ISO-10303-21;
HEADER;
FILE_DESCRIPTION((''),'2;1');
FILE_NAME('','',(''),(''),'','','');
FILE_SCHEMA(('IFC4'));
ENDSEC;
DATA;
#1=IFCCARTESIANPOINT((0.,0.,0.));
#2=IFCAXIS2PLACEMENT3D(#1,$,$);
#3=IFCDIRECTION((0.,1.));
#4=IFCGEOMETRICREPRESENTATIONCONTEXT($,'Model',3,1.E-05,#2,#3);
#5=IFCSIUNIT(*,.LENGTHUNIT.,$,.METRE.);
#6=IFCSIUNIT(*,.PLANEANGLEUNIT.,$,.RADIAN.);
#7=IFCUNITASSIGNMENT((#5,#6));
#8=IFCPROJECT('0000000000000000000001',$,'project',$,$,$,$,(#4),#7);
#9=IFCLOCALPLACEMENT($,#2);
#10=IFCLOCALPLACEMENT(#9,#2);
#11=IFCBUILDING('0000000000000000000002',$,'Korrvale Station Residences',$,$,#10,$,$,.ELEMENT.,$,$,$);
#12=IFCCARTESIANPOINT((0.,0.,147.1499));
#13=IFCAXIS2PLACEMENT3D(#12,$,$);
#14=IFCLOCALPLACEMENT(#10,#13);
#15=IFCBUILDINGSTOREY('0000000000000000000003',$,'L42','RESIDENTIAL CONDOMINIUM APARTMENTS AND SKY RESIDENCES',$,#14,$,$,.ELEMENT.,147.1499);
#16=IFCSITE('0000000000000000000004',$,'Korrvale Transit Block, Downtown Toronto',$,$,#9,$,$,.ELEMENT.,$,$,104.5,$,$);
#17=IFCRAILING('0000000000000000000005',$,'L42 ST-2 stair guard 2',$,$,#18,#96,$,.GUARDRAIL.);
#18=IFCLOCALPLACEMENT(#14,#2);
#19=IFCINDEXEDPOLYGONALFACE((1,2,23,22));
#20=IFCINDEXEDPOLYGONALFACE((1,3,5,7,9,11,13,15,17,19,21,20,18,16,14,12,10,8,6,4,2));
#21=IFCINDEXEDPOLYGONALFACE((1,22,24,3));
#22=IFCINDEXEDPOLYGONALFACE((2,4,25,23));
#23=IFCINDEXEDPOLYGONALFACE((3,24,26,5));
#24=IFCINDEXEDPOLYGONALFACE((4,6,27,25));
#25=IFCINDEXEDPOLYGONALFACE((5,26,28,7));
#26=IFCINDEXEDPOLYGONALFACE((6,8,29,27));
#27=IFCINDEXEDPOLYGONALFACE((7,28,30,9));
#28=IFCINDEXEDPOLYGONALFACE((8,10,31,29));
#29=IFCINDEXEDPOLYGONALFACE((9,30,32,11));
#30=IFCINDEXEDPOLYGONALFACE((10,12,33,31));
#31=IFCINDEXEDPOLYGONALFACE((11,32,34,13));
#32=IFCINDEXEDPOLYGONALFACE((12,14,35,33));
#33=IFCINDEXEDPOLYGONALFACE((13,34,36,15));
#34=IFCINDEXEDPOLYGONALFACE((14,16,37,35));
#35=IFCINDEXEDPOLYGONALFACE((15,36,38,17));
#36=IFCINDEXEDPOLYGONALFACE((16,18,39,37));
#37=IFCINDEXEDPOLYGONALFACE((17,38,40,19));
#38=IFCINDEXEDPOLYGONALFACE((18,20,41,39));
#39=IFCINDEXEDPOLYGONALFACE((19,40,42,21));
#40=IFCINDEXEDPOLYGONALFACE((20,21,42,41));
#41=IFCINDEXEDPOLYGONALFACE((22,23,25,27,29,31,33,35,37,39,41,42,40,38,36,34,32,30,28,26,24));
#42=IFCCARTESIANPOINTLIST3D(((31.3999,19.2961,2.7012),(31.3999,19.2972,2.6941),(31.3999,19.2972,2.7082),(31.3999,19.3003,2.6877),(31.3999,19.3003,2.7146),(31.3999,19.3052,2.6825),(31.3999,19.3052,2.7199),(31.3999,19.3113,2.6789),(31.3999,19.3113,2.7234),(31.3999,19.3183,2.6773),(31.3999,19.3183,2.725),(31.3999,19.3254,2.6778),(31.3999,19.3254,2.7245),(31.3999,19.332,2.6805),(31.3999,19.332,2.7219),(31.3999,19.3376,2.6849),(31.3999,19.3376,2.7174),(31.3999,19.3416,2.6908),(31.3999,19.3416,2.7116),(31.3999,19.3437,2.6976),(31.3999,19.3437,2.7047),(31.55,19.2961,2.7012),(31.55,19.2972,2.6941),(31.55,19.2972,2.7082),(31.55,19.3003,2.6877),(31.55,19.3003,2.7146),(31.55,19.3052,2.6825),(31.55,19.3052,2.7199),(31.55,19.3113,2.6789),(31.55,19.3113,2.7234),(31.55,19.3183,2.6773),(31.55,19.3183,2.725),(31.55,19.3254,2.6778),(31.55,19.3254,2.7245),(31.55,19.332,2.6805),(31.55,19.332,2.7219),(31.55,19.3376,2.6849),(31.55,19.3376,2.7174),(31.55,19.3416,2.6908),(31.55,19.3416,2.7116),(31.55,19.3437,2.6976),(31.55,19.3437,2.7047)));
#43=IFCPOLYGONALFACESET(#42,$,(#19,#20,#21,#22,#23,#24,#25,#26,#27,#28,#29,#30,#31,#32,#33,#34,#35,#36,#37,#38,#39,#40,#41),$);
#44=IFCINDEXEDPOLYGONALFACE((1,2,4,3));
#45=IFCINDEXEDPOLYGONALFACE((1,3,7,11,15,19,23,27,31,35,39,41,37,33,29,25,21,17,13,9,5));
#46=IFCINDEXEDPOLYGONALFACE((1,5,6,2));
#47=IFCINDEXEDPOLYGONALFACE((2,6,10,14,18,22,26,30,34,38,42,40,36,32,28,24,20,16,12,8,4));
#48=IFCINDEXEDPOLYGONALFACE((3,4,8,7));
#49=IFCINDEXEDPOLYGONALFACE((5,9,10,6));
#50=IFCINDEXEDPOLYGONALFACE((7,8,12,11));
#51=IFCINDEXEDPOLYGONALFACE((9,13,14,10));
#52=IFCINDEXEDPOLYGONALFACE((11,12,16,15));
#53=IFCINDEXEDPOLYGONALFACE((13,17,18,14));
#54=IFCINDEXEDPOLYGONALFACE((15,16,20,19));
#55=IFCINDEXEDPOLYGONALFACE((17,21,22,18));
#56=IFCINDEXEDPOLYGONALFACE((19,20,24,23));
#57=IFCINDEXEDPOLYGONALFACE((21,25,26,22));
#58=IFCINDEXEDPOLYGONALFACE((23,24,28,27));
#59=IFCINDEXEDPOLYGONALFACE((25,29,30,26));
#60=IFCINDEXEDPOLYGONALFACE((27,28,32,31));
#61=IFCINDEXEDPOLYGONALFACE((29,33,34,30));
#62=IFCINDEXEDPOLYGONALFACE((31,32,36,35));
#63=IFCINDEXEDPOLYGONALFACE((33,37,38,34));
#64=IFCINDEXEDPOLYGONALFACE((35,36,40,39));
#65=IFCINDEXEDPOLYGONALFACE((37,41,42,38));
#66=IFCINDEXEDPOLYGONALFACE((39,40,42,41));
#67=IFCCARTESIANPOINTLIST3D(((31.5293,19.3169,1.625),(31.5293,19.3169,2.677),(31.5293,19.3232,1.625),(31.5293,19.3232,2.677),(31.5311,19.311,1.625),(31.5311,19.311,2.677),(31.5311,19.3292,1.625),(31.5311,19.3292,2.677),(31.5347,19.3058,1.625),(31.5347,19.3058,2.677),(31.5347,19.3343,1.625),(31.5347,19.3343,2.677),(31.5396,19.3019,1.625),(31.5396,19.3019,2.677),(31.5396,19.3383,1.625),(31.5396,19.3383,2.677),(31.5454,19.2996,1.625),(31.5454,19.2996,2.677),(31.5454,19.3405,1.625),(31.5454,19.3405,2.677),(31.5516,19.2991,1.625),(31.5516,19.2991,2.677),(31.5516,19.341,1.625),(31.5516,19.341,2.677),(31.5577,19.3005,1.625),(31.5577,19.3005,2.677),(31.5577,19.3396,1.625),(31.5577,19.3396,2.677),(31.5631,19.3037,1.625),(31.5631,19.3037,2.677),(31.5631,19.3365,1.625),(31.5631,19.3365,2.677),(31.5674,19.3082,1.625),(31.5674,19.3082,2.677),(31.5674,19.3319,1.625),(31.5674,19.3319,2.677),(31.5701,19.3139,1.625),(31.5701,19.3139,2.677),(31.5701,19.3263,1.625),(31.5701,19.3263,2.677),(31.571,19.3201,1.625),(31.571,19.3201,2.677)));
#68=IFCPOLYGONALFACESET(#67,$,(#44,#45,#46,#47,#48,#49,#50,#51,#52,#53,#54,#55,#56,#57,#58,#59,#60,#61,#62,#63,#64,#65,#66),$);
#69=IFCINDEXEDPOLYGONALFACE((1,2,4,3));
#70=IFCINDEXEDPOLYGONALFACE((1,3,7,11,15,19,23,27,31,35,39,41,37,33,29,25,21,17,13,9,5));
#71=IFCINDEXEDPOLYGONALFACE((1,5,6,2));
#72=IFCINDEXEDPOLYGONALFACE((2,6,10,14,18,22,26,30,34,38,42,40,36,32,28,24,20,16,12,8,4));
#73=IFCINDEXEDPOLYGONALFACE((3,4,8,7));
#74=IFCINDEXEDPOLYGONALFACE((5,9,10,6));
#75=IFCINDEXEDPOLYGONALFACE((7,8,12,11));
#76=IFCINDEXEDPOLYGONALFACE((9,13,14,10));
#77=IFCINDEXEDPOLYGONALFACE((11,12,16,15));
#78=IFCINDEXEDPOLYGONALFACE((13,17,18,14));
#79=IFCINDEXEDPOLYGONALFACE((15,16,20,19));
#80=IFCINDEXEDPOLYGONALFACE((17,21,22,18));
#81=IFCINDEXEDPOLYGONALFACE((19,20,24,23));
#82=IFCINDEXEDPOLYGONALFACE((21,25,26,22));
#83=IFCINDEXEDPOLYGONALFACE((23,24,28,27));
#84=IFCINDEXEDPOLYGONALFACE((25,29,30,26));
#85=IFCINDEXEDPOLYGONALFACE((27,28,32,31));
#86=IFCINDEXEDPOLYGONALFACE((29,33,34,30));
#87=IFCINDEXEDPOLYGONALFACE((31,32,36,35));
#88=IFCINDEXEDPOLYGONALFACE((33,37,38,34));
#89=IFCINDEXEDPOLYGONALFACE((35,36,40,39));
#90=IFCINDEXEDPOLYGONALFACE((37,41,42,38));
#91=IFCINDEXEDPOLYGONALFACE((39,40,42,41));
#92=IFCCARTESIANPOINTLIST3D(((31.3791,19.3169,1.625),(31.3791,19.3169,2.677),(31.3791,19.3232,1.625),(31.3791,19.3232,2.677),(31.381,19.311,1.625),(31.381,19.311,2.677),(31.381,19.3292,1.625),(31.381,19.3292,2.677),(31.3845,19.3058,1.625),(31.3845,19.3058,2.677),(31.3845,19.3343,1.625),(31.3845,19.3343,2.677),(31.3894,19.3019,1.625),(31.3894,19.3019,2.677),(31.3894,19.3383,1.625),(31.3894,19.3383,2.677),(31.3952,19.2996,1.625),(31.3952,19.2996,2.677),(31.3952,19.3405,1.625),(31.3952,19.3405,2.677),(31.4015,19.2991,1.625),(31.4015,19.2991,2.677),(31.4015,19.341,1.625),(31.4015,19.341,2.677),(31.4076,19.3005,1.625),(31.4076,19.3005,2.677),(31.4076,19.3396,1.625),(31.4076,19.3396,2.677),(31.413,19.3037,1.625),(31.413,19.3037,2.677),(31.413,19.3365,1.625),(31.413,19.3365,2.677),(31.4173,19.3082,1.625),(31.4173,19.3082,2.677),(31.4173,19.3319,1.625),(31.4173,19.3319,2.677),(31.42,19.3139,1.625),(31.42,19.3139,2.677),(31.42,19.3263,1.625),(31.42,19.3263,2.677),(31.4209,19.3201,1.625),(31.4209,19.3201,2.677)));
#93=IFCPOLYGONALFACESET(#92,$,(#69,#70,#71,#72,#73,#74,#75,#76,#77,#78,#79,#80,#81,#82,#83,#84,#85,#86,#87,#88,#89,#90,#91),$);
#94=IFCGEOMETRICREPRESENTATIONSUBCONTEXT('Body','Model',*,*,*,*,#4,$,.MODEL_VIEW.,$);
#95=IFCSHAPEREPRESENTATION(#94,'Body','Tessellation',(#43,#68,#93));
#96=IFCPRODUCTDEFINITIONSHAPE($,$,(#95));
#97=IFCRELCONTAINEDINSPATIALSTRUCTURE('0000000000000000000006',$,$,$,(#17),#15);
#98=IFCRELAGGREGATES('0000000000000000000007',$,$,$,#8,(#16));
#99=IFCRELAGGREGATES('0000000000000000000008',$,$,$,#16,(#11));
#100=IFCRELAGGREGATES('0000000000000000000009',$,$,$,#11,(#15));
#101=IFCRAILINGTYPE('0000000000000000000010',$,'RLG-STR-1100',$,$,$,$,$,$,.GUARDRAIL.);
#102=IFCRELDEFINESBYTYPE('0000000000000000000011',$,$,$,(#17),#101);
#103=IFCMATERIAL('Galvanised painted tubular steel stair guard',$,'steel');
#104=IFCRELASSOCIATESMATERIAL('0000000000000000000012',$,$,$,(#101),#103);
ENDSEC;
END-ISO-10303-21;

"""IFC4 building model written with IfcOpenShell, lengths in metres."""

from ifc_helpers import new_model, si_unit, direction, frame, origin, origin_2d, place, context, subcontext, project, spatial, circle, extrude, material, type_object, element, save


model = new_model("IFC4")

# Units and contexts
model_context = context("Model", 3, precision=1e-05, world=origin(), true_north=direction((0.0, 1.0)))
body_context = subcontext(model_context, "Body", "Model", "MODEL_VIEW")
ifc_project = project(units=[si_unit("LENGTHUNIT", "METRE"), si_unit("PLANEANGLEUNIT", "RADIAN")], contexts=[model_context])

# Site, building, storey
site_placement = place(None, origin())
site = spatial("IfcSite", under=ifc_project, at=site_placement, Name="Korrvale Transit Block, Downtown Toronto", CompositionType="ELEMENT", RefElevation=104.5)
building_placement = place(site_placement, origin())
building = spatial("IfcBuilding", under=site, at=building_placement, Name="Korrvale Station Residences", CompositionType="ELEMENT")
storey_placement = place(building_placement, frame((0.0, 0.0, 147.1499)))
storey = spatial("IfcBuildingStorey", under=building, at=storey_placement, Name="L42", Description="RESIDENTIAL CONDOMINIUM APARTMENTS AND SKY RESIDENCES", CompositionType="ELEMENT", Elevation=147.1499)

# Railing
ifc_material_1 = material(Name="Galvanised painted tubular steel stair guard", Category="steel")
railing_type_1 = type_object("IfcRailingType", Name="RLG-STR-1100", PredefinedType="GUARDRAIL", material=ifc_material_1)
railing_1_placement = place(storey_placement, frame((31.55, 19.3201, 1.625)))
element("IfcRailing", 1, at=railing_1_placement, inside=storey, type_object=railing_type_1, Name="L42 ST-2 stair guard 2", PredefinedType="GUARDRAIL", context=body_context, shape_type="SweptSolid", body=[
    extrude(circle(Radius=0.0239, at=origin_2d()), frame((0.0, 0.0, 1.0762), z_axis=(-1.0, 0.0, 0.0), x_axis=(0.0, -1.0, 0.0)), (0.0, 0.0, 1.0), 0.1501),
    extrude(circle(Radius=0.021, at=origin_2d()), origin(), (0.0, 0.0, 1.0), 1.052),
    extrude(circle(Radius=0.021, at=origin_2d()), frame((-0.1501, 0.0, 0.0)), (0.0, 0.0, 1.0), 1.052),
])

save(model, "model.ifc")
